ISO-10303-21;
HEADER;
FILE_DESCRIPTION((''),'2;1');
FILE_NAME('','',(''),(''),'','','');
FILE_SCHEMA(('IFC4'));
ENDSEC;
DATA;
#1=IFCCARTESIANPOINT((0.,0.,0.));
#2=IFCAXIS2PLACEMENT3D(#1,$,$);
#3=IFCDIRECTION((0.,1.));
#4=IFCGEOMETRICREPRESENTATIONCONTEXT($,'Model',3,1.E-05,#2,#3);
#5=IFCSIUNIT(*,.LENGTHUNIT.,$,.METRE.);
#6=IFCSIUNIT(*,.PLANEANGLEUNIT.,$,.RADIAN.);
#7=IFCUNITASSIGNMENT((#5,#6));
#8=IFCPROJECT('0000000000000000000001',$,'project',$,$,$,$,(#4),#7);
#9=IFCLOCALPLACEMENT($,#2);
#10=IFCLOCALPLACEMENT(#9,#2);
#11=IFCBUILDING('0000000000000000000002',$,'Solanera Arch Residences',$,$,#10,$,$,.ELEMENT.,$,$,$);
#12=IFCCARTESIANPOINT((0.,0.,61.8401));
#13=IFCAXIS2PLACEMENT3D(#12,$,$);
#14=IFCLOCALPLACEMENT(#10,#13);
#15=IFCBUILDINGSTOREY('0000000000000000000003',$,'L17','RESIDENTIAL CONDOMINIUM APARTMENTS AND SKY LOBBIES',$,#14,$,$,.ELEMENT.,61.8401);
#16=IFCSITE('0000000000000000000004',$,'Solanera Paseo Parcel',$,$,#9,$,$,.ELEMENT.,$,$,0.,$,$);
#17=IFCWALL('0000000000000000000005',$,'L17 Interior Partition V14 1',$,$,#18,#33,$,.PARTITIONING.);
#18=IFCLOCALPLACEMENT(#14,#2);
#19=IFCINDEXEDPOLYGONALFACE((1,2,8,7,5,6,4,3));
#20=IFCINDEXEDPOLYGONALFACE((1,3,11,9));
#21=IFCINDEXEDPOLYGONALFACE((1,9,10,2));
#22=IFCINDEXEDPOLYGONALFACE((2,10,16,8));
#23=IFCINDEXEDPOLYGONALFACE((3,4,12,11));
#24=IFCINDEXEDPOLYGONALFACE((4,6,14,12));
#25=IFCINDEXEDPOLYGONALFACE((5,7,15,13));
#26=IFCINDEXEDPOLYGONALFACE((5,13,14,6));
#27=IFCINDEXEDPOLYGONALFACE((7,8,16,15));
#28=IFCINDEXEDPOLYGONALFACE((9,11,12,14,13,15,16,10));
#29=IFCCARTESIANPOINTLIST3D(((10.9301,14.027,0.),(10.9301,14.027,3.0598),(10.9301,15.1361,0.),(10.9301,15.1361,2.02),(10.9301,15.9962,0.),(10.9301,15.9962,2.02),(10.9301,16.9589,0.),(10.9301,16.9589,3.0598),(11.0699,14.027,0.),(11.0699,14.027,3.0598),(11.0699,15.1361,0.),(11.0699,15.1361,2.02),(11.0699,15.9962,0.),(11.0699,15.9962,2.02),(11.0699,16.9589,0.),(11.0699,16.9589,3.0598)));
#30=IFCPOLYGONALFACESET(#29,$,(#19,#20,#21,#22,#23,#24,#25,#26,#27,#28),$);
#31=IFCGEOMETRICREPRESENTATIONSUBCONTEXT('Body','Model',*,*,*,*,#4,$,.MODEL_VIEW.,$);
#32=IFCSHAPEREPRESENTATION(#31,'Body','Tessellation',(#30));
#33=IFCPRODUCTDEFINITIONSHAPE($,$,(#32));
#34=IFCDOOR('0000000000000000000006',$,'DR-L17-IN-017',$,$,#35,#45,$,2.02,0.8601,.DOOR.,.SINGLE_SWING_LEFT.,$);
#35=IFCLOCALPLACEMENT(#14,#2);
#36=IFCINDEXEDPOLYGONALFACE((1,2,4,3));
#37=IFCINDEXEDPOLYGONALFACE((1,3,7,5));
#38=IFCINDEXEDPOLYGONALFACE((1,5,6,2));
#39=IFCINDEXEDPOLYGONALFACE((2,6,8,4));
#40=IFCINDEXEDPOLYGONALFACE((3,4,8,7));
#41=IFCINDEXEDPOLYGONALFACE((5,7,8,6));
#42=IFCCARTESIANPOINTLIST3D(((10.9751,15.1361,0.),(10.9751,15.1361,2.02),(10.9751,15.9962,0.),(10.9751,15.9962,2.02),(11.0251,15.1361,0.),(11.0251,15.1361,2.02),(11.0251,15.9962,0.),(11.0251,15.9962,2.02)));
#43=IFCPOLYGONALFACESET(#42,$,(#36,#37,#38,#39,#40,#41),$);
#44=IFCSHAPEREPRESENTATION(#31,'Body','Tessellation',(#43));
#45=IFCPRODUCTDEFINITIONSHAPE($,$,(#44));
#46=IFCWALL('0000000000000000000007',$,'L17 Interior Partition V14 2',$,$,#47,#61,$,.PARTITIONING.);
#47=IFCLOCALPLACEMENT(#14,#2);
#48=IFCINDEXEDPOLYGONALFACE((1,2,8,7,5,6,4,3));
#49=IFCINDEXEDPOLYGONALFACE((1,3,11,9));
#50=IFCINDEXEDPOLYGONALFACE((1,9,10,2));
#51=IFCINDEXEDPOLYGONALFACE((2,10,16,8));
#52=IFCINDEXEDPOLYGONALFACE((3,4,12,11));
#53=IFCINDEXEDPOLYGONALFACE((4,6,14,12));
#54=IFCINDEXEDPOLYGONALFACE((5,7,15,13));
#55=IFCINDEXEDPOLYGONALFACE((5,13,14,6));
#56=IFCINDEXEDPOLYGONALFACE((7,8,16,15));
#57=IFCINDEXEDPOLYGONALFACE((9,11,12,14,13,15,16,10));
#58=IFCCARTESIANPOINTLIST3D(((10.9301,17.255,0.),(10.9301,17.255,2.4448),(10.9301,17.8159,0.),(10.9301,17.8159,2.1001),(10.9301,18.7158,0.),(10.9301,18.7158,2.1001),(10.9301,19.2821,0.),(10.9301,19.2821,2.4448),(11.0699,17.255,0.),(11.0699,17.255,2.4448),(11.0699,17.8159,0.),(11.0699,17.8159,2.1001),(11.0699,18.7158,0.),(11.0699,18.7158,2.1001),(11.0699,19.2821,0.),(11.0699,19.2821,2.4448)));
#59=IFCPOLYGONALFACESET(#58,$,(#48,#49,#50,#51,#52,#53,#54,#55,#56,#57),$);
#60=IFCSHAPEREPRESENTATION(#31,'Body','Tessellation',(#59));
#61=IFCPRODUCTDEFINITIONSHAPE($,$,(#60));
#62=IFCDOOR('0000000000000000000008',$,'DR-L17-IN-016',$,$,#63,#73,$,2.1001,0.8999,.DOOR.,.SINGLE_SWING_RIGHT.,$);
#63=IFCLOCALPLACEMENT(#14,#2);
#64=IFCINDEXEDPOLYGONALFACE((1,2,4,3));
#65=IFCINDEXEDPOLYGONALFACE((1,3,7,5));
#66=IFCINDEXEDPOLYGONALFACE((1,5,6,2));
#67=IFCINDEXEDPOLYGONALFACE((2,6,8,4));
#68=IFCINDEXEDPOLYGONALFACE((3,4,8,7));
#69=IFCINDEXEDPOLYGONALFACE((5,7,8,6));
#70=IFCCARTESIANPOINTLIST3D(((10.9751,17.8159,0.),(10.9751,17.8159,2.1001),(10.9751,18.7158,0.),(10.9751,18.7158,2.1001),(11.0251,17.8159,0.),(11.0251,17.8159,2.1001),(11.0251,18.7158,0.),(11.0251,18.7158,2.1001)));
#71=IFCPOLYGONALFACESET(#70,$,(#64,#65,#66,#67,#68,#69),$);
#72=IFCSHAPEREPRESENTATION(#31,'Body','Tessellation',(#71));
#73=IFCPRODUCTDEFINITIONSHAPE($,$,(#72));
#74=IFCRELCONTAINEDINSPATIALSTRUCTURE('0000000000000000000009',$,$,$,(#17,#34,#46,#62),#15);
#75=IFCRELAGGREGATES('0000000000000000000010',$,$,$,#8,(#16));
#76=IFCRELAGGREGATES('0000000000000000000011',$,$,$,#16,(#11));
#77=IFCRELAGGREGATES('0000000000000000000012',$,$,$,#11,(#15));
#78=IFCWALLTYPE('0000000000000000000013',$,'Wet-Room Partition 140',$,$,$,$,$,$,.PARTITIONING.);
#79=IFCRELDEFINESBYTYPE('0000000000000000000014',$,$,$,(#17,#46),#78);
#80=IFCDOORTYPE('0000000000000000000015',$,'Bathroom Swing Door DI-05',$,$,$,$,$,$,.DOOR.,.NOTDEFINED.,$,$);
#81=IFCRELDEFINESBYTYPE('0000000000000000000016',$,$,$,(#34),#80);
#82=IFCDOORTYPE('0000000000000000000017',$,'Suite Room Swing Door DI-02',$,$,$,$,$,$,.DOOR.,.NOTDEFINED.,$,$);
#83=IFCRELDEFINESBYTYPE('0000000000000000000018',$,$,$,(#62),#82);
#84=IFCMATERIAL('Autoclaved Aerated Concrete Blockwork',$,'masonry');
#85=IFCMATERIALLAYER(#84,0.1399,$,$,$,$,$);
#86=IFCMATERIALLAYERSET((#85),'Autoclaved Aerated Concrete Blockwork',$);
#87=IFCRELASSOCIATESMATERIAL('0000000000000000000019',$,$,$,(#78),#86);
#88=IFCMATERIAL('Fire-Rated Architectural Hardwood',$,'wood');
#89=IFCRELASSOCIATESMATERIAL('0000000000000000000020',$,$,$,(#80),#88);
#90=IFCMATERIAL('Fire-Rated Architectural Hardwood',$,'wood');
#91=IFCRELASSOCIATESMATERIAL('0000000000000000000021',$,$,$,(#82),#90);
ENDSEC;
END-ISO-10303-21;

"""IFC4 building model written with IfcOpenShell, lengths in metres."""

from ifc_helpers import new_model, si_unit, direction, frame, frame_2d, origin, place, context, subcontext, project, spatial, rectangle, extrude, material, layer, layer_set, type_object, element, fill, save


model = new_model("IFC4")

# Units and contexts
model_context = context("Model", 3, precision=1e-05, world=origin(), true_north=direction((0.0, 1.0)))
body_context = subcontext(model_context, "Body", "Model", "MODEL_VIEW")
ifc_project = project(units=[si_unit("LENGTHUNIT", "METRE"), si_unit("PLANEANGLEUNIT", "RADIAN")], contexts=[model_context])

# Site, building, storey
site_placement = place(None, origin())
site = spatial("IfcSite", under=ifc_project, at=site_placement, Name="Solanera Paseo Parcel", CompositionType="ELEMENT", RefElevation=0.0)
building_placement = place(site_placement, origin())
building = spatial("IfcBuilding", under=site, at=building_placement, Name="Solanera Arch Residences", CompositionType="ELEMENT")
storey_placement = place(building_placement, frame((0.0, 0.0, 61.8401)))
storey = spatial("IfcBuildingStorey", under=building, at=storey_placement, Name="L17", Description="RESIDENTIAL CONDOMINIUM APARTMENTS AND SKY LOBBIES", CompositionType="ELEMENT", Elevation=61.8401)

# Shared definitions
ifc_material_1 = material(Name="Autoclaved Aerated Concrete Blockwork", Category="masonry")
ifc_layer_1 = layer(ifc_material_1, 0.1399)
ifc_layer_set_1 = layer_set([ifc_layer_1], Name="Autoclaved Aerated Concrete Blockwork")
wall_type_1 = type_object("IfcWallType", Name="Wet-Room Partition 140", PredefinedType="PARTITIONING", material=ifc_layer_set_1)

# Walls, openings, doors
wall_1_placement = place(storey_placement, frame((11.0, 14.0271, 0.0), z_axis=(0.0, 0.0, 1.0), x_axis=(0.0, 1.0, 0.0)))
wall_1 = element("IfcWall", 1, at=wall_1_placement, inside=storey, type_object=wall_type_1, Name="L17 Interior Partition V14 1", PredefinedType="PARTITIONING", context=body_context, shape_type="SweptSolid", body=[
    extrude(rectangle(XDim=2.9319, YDim=0.1399, at=frame_2d((1.4658, 0.0))), origin(), (0.0, 0.0, 1.0), 3.0598),
])
opening_1_placement = place(wall_1_placement, frame((1.1089, 0.0, 0.0)))
opening_1 = element("IfcOpeningElement", 2, at=opening_1_placement, cuts=wall_1, PredefinedType="OPENING", context=body_context, shape_type="SweptSolid", body=[
    extrude(rectangle(XDim=0.8601, YDim=2.02, at=frame_2d((0.4302, 1.01))), frame((0.0, 0.0798, 0.0), z_axis=(0.0, -1.0, 0.0), x_axis=(1.0, 0.0, 0.0)), (0.0, 0.0, 1.0), 0.1599),
])
ifc_material_2 = material(Name="Fire-Rated Architectural Hardwood", Category="wood")
door_type_1 = type_object("IfcDoorType", Name="Bathroom Swing Door DI-05", OperationType="NOTDEFINED", PredefinedType="DOOR", material=ifc_material_2)
door_1_placement = place(opening_1_placement, origin())
door_1 = element("IfcDoor", 3, at=door_1_placement, inside=storey, type_object=door_type_1, Name="DR-L17-IN-017", OperationType="SINGLE_SWING_LEFT", OverallHeight=2.02, OverallWidth=0.8601, PredefinedType="DOOR", context=body_context, shape_type="SweptSolid", body=[
    extrude(rectangle(XDim=0.8601, YDim=2.02, at=frame_2d((0.4302, 1.01))), frame((0.0, 0.0249, 0.0), z_axis=(0.0, -1.0, 0.0), x_axis=(1.0, 0.0, 0.0)), (0.0, 0.0, 1.0), 0.05),
])
fill(opening_1, door_1)
wall_2_placement = place(storey_placement, frame((11.0, 17.2549, 0.0), z_axis=(0.0, 0.0, 1.0), x_axis=(0.0, 1.0, 0.0)))
wall_2 = element("IfcWall", 4, at=wall_2_placement, inside=storey, type_object=wall_type_1, Name="L17 Interior Partition V14 2", PredefinedType="PARTITIONING", context=body_context, shape_type="SweptSolid", body=[
    extrude(rectangle(XDim=2.0271, YDim=0.1399, at=frame_2d((1.0137, 0.0))), origin(), (0.0, 0.0, 1.0), 2.4448),
])
opening_2_placement = place(wall_2_placement, frame((0.561, 0.0, 0.0)))
opening_2 = element("IfcOpeningElement", 5, at=opening_2_placement, cuts=wall_2, PredefinedType="OPENING", context=body_context, shape_type="SweptSolid", body=[
    extrude(rectangle(XDim=0.8999, YDim=2.1001, at=frame_2d((0.45, 1.05))), frame((0.0, 0.0798, 0.0), z_axis=(0.0, -1.0, 0.0), x_axis=(1.0, 0.0, 0.0)), (0.0, 0.0, 1.0), 0.1599),
])
ifc_material_3 = material(Name="Fire-Rated Architectural Hardwood", Category="wood")
door_type_2 = type_object("IfcDoorType", Name="Suite Room Swing Door DI-02", OperationType="NOTDEFINED", PredefinedType="DOOR", material=ifc_material_3)
door_2_placement = place(opening_2_placement, origin())
door_2 = element("IfcDoor", 6, at=door_2_placement, inside=storey, type_object=door_type_2, Name="DR-L17-IN-016", OperationType="SINGLE_SWING_RIGHT", OverallHeight=2.1001, OverallWidth=0.8999, PredefinedType="DOOR", context=body_context, shape_type="SweptSolid", body=[
    extrude(rectangle(XDim=0.8999, YDim=2.1001, at=frame_2d((0.45, 1.05))), frame((0.0, 0.0249, 0.0), z_axis=(0.0, -1.0, 0.0), x_axis=(1.0, 0.0, 0.0)), (0.0, 0.0, 1.0), 0.05),
])
fill(opening_2, door_2)

save(model, "model.ifc")
